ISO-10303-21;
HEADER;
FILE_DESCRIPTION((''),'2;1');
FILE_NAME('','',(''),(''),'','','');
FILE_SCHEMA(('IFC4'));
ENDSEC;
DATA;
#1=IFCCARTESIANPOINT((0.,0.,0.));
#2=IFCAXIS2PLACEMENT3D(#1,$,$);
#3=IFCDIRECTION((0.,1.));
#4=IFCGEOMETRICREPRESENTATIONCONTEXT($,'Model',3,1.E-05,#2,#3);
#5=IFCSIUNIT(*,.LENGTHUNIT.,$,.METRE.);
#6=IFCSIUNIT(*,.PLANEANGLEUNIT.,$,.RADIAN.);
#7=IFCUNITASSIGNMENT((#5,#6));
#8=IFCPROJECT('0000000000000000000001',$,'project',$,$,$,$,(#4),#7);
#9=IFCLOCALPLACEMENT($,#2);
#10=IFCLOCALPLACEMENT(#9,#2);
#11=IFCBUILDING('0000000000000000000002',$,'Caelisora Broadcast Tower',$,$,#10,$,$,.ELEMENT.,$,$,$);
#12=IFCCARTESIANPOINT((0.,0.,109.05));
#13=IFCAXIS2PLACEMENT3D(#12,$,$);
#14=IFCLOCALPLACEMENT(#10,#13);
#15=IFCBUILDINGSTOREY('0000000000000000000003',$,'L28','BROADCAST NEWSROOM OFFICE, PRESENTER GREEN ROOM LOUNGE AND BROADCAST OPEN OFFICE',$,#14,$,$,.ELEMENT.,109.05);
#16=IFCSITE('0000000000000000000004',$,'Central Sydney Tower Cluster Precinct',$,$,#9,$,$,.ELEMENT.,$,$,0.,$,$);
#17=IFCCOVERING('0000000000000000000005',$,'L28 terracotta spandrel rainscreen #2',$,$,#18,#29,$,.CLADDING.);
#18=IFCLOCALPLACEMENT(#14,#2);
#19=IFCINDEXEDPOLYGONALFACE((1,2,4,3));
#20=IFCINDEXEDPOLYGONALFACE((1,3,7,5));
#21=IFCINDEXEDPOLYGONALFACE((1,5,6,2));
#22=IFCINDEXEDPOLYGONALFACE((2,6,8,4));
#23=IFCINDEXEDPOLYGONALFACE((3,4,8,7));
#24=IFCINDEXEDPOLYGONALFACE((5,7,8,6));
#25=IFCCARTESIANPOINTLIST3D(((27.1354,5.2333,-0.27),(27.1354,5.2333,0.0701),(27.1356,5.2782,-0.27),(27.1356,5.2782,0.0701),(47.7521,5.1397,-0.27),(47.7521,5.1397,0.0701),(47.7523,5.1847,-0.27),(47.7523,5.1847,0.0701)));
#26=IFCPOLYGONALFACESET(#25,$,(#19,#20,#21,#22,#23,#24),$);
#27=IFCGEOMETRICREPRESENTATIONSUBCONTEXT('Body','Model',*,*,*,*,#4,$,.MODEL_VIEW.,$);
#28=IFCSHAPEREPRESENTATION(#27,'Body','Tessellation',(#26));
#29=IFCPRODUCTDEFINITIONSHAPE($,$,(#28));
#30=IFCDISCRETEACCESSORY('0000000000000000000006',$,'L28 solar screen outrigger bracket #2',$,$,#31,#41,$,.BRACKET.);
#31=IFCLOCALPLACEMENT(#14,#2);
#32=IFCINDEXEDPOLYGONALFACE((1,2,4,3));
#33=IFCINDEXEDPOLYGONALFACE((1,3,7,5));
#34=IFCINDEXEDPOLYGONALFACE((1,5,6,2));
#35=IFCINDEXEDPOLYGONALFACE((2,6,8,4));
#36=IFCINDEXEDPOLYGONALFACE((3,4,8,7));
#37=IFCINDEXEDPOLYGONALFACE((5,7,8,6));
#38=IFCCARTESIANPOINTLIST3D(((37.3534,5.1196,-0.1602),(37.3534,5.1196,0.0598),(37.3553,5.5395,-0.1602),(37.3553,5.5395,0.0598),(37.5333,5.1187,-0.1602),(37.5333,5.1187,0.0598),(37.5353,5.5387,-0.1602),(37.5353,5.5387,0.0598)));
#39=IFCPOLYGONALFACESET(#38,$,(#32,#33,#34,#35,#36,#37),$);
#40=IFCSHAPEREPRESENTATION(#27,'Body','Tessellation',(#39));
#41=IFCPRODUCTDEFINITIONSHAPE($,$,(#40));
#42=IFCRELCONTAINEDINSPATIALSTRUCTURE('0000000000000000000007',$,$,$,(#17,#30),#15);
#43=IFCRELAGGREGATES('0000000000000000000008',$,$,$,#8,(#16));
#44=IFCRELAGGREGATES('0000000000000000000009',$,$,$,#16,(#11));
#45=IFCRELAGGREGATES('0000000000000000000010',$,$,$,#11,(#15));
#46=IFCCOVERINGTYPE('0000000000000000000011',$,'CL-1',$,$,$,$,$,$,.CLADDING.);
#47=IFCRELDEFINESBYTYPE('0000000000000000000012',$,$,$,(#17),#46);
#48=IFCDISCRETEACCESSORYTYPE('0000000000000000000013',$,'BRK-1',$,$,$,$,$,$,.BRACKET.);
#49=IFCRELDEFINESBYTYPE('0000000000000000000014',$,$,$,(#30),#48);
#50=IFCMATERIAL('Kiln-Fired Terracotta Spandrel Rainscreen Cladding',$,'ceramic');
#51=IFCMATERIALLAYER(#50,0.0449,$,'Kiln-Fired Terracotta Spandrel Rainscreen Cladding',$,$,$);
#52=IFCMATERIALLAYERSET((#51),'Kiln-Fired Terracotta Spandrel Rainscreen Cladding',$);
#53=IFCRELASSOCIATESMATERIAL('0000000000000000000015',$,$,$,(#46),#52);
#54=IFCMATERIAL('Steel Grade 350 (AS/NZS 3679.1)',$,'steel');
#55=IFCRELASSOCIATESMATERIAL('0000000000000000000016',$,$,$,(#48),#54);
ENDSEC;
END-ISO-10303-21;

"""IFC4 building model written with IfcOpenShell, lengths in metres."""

from ifc_helpers import new_model, si_unit, direction, frame, origin, origin_2d, place, context, subcontext, project, spatial, rectangle, extrude, source, transform, mapped, material, layer, layer_set, type_object, type_shapes, element, save


model = new_model("IFC4")

# Units and contexts
model_context = context("Model", 3, precision=1e-05, world=origin(), true_north=direction((0.0, 1.0)))
body_context = subcontext(model_context, "Body", "Model", "MODEL_VIEW")
ifc_project = project(units=[si_unit("LENGTHUNIT", "METRE"), si_unit("PLANEANGLEUNIT", "RADIAN")], contexts=[model_context])

# Site, building, storey
site_placement = place(None, origin())
site = spatial("IfcSite", under=ifc_project, at=site_placement, Name="Central Sydney Tower Cluster Precinct", CompositionType="ELEMENT", RefElevation=0.0)
building_placement = place(site_placement, origin())
building = spatial("IfcBuilding", under=site, at=building_placement, Name="Caelisora Broadcast Tower", CompositionType="ELEMENT")
storey_placement = place(building_placement, frame((0.0, 0.0, 109.05)))
storey = spatial("IfcBuildingStorey", under=building, at=storey_placement, Name="L28", Description="BROADCAST NEWSROOM OFFICE, PRESENTER GREEN ROOM LOUNGE AND BROADCAST OPEN OFFICE", CompositionType="ELEMENT", Elevation=109.05)

# Shared definitions
ifc_material_1 = material(Name="Steel Grade 350 (AS/NZS 3679.1)", Category="steel")

# Shared definitions
ifc_material_2 = material(Name="Kiln-Fired Terracotta Spandrel Rainscreen Cladding", Category="ceramic")
ifc_layer_1 = layer(ifc_material_2, 0.0449, Name="Kiln-Fired Terracotta Spandrel Rainscreen Cladding")
ifc_layer_set_1 = layer_set([ifc_layer_1], Name="Kiln-Fired Terracotta Spandrel Rainscreen Cladding")
covering_type = type_object("IfcCoveringType", Name="CL-1", PredefinedType="CLADDING", material=ifc_layer_set_1)

# Covering
shared_shape_1 = source(origin(), body_context, "Body", "SweptSolid", [
    extrude(rectangle(XDim=20.6169, YDim=0.0449, at=origin_2d()), origin(), (0.0, 0.0, 1.0), 0.3401),
])
covering_1_placement = place(storey_placement, frame((37.4438, 5.209, -0.27), z_axis=(0.0, 0.0, 1.0), x_axis=(0.99999, -0.004538, 0.0)))
element("IfcCovering", 1, at=covering_1_placement, inside=storey, type_object=covering_type, Name="L28 terracotta spandrel rainscreen #2", PredefinedType="CLADDING", context=body_context, shape_type="MappedRepresentation", body=[
    mapped(shared_shape_1, transform((0.0, 0.0, 0.0), scale=1.0)),
])

# Discrete accessory
discrete_accessory_type = type_object("IfcDiscreteAccessoryType", Name="BRK-1", PredefinedType="BRACKET", material=ifc_material_1)
shared_shape_2 = source(origin(), body_context, "Body", "SweptSolid", [
    extrude(rectangle(XDim=0.1799, YDim=0.4199, at=origin_2d()), origin(), (0.0, 0.0, 1.0), 0.22),
])
type_shapes(discrete_accessory_type, [shared_shape_2])
discrete_accessory_placement = place(storey_placement, frame((37.4443, 5.3291, -0.1602), z_axis=(0.0, 0.0, 1.0), x_axis=(0.99999, -0.004538, 0.0)))
element("IfcDiscreteAccessory", 2, at=discrete_accessory_placement, inside=storey, type_object=discrete_accessory_type, Name="L28 solar screen outrigger bracket #2", PredefinedType="BRACKET", context=body_context, shape_type="MappedRepresentation", body=[
    mapped(shared_shape_2, transform((0.0, 0.0, 0.0), scale=1.0)),
])

save(model, "model.ifc")
